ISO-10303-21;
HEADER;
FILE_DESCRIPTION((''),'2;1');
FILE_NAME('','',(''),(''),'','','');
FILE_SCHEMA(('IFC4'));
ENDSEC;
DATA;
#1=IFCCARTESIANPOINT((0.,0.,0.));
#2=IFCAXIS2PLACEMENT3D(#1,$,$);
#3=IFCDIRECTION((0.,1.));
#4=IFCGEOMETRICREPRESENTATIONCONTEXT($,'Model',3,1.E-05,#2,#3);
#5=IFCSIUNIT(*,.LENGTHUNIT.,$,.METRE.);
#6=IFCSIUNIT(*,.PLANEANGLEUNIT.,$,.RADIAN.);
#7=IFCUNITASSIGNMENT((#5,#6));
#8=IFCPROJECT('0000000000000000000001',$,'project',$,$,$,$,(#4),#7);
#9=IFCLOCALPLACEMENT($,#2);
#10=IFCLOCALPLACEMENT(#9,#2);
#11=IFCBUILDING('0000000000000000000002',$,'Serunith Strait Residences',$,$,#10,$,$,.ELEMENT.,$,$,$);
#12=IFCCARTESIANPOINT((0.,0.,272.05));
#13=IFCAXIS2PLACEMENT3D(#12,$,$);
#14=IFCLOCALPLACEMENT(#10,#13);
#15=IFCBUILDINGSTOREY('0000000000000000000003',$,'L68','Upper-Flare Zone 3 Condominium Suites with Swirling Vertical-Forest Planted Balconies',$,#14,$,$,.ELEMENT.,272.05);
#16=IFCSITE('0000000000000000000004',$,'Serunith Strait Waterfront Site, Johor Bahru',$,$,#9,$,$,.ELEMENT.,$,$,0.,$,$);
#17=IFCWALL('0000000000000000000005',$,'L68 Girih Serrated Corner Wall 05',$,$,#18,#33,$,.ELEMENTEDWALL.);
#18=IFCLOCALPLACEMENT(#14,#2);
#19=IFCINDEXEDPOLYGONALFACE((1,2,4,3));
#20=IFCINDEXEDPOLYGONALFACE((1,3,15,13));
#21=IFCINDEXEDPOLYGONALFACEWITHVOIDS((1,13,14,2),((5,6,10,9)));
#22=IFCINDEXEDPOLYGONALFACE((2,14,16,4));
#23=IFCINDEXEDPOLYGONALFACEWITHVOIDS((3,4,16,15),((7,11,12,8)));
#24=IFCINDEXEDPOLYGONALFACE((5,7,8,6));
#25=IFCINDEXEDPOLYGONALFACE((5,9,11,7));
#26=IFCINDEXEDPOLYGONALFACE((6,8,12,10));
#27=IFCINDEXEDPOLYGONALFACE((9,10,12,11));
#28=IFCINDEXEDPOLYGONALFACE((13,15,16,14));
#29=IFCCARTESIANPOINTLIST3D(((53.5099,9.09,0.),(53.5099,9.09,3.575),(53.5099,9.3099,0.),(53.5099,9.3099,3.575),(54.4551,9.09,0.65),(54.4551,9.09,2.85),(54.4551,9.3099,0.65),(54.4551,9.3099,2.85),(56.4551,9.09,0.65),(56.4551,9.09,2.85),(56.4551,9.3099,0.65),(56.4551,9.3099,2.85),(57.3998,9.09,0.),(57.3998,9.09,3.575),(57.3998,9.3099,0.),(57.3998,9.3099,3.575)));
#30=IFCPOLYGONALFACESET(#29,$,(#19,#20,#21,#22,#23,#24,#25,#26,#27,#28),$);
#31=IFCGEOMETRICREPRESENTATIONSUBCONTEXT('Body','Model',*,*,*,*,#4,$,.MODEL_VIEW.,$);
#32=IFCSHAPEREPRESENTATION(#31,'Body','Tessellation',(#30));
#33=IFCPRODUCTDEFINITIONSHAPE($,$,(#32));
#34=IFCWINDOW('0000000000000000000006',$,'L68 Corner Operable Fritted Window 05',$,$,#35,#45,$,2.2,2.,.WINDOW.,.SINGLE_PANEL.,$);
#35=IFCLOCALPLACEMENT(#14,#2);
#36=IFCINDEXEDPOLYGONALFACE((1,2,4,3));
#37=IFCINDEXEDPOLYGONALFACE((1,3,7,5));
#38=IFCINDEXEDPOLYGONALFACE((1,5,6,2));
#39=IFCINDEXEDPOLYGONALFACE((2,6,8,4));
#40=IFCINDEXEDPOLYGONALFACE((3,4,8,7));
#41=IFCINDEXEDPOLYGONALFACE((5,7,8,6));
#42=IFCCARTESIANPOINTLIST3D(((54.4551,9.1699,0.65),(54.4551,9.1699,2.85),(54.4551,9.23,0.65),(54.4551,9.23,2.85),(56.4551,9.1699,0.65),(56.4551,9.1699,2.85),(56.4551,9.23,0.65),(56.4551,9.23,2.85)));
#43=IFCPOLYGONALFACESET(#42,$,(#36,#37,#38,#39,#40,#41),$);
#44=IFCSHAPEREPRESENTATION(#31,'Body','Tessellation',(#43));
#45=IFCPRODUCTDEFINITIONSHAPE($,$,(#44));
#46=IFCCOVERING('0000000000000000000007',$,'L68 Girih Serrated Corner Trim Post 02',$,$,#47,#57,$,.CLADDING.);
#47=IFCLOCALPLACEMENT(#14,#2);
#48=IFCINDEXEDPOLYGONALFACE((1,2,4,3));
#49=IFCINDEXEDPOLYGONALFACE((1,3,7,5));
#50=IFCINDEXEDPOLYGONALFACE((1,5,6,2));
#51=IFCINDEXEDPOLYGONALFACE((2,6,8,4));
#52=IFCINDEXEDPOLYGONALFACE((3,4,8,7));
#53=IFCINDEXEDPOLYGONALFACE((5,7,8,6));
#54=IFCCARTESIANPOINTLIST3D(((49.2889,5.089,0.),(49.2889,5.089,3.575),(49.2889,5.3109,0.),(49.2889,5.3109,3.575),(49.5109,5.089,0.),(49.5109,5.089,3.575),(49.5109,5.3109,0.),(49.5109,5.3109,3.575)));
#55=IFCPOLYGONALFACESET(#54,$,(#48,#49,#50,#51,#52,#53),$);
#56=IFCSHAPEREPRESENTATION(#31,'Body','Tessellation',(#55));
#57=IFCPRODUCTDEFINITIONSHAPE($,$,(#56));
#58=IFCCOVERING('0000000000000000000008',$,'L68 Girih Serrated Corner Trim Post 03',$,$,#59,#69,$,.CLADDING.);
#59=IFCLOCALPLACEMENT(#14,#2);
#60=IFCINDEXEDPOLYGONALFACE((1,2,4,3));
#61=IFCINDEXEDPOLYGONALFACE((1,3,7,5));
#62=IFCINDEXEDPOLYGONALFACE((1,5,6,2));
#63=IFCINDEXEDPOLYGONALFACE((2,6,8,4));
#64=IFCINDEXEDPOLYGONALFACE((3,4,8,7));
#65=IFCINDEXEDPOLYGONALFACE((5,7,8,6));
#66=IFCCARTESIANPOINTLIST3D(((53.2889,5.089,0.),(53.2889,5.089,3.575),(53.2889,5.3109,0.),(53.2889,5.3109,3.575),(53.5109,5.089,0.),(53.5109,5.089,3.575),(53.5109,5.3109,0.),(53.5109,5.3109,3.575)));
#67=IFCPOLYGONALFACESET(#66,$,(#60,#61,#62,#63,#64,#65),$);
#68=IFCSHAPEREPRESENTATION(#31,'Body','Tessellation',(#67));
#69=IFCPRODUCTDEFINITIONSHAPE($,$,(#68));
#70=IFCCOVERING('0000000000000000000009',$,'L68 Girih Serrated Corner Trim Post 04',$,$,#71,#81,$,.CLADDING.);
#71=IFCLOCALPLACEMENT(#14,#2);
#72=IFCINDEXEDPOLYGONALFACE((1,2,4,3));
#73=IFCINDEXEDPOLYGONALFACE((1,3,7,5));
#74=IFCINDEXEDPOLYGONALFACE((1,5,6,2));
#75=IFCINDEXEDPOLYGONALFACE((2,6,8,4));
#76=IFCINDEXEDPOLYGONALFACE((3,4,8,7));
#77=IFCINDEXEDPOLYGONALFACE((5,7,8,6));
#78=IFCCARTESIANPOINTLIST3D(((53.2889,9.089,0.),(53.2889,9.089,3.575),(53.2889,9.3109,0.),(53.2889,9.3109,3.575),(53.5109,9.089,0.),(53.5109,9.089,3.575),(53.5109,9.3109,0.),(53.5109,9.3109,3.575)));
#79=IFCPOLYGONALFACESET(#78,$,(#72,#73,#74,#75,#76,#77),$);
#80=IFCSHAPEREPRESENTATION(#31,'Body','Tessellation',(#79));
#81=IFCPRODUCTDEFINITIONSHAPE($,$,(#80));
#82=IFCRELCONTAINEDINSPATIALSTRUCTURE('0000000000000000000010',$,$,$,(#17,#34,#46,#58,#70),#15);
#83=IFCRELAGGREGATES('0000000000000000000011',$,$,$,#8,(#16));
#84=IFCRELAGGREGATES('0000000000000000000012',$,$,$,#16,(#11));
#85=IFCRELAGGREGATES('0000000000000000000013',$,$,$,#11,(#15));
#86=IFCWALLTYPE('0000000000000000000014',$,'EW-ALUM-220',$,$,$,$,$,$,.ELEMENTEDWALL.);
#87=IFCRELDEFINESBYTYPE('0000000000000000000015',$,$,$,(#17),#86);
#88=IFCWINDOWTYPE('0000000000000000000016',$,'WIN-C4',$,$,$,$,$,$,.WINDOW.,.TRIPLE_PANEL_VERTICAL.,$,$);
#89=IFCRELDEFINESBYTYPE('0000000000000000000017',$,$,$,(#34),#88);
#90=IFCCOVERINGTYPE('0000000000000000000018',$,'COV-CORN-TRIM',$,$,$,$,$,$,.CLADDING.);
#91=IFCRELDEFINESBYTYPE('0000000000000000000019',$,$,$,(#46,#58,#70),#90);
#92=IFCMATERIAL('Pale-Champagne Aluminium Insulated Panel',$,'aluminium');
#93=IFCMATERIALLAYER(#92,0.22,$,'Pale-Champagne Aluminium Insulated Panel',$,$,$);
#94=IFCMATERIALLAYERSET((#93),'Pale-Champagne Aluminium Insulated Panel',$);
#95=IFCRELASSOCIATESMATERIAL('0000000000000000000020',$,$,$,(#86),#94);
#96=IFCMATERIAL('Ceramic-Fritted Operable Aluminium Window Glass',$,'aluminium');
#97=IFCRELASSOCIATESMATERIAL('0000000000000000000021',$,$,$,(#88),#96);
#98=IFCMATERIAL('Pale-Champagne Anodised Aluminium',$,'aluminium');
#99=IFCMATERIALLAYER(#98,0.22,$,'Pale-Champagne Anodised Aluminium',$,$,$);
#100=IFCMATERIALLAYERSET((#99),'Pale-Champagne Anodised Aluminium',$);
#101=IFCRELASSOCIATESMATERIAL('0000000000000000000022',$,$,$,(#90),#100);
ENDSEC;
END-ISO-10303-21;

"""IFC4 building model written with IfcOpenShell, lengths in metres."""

from ifc_helpers import new_model, si_unit, direction, frame, frame_2d, origin, origin_2d, place, context, subcontext, project, spatial, rectangle, extrude, source, transform, mapped, material, layer, layer_set, type_object, element, fill, save


model = new_model("IFC4")

# Units and contexts
model_context = context("Model", 3, precision=1e-05, world=origin(), true_north=direction((0.0, 1.0)))
body_context = subcontext(model_context, "Body", "Model", "MODEL_VIEW")
ifc_project = project(units=[si_unit("LENGTHUNIT", "METRE"), si_unit("PLANEANGLEUNIT", "RADIAN")], contexts=[model_context])

# Site, building, storey
site_placement = place(None, origin())
site = spatial("IfcSite", under=ifc_project, at=site_placement, Name="Serunith Strait Waterfront Site, Johor Bahru", CompositionType="ELEMENT", RefElevation=0.0)
building_placement = place(site_placement, origin())
building = spatial("IfcBuilding", under=site, at=building_placement, Name="Serunith Strait Residences", CompositionType="ELEMENT")
storey_placement = place(building_placement, frame((0.0, 0.0, 272.05)))
storey = spatial("IfcBuildingStorey", under=building, at=storey_placement, Name="L68", Description="Upper-Flare Zone 3 Condominium Suites with Swirling Vertical-Forest Planted Balconies", CompositionType="ELEMENT", Elevation=272.05)

# Shared definitions
ifc_material_1 = material(Name="Pale-Champagne Anodised Aluminium", Category="aluminium")

# Wall, opening, window
ifc_material_2 = material(Name="Pale-Champagne Aluminium Insulated Panel", Category="aluminium")
ifc_layer_1 = layer(ifc_material_2, 0.22, Name="Pale-Champagne Aluminium Insulated Panel")
ifc_layer_set_1 = layer_set([ifc_layer_1], Name="Pale-Champagne Aluminium Insulated Panel")
wall_type = type_object("IfcWallType", Name="EW-ALUM-220", PredefinedType="ELEMENTEDWALL", material=ifc_layer_set_1)
ifc_material_3 = material(Name="Ceramic-Fritted Operable Aluminium Window Glass", Category="aluminium")
window_type = type_object("IfcWindowType", Name="WIN-C4", PartitioningType="TRIPLE_PANEL_VERTICAL", PredefinedType="WINDOW", material=ifc_material_3)
shared_shape_1 = source(origin(), body_context, "Body", "SweptSolid", [
    extrude(rectangle(XDim=2.0, YDim=2.2, at=frame_2d((1.0, 1.1001))), frame((0.0, 0.03, 0.0), z_axis=(0.0, -1.0, 0.0), x_axis=(1.0, 0.0, 0.0)), (0.0, 0.0, 1.0), 0.0601),
])
wall_1_placement = place(storey_placement, frame((53.51, 9.2, 0.0), z_axis=(0.0, 0.0, 1.0), x_axis=(1.0, 0.0, 0.0)))
wall_1 = element("IfcWall", 1, at=wall_1_placement, inside=storey, type_object=wall_type, Name="L68 Girih Serrated Corner Wall 05", PredefinedType="ELEMENTEDWALL", context=body_context, shape_type="SweptSolid", body=[
    extrude(rectangle(XDim=3.8899, YDim=0.22, at=frame_2d((1.9448, 0.0))), origin(), (0.0, 0.0, 1.0), 3.575),
])
opening_1_placement = place(wall_1_placement, frame((0.9451, 0.0, 0.6499)))
opening_1 = element("IfcOpeningElement", 2, at=opening_1_placement, cuts=wall_1, PredefinedType="OPENING", context=body_context, shape_type="SweptSolid", body=[
    extrude(rectangle(XDim=2.0, YDim=2.2, at=frame_2d((1.0, 1.1001))), frame((0.0, 0.1201, 0.0), z_axis=(0.0, -1.0, 0.0), x_axis=(1.0, 0.0, 0.0)), (0.0, 0.0, 1.0), 0.24),
])
window_1_placement = place(opening_1_placement, origin())
window_1 = element("IfcWindow", 3, at=window_1_placement, inside=storey, type_object=window_type, Name="L68 Corner Operable Fritted Window 05", OverallHeight=2.2, OverallWidth=2.0, PartitioningType="SINGLE_PANEL", PredefinedType="WINDOW", context=body_context, shape_type="MappedRepresentation", body=[
    mapped(shared_shape_1, transform((0.0, 0.0, 0.0), scale=1.0)),
])
fill(opening_1, window_1)

# Coverings
ifc_layer_2 = layer(ifc_material_1, 0.22, Name="Pale-Champagne Anodised Aluminium")
ifc_layer_set_2 = layer_set([ifc_layer_2], Name="Pale-Champagne Anodised Aluminium")
covering_type = type_object("IfcCoveringType", Name="COV-CORN-TRIM", PredefinedType="CLADDING", material=ifc_layer_set_2)
shared_shape_2 = source(origin(), body_context, "Body", "SweptSolid", [
    extrude(rectangle(XDim=0.2219, YDim=0.2219, at=origin_2d()), origin(), (0.0, 0.0, 1.0), 3.575),
])
for number, where, z_axis, x_axis, name in (
    (4, (49.3999, 5.2, 0.0), (0.0, 0.0, 1.0), (1.0, 0.0, 0.0), "L68 Girih Serrated Corner Trim Post 02"),
    (5, (53.3999, 5.2, 0.0), (0.0, 0.0, 1.0), (1.0, 0.0, 0.0), "L68 Girih Serrated Corner Trim Post 03"),
    (6, (53.3999, 9.2, 0.0), (0.0, 0.0, 1.0), (1.0, 0.0, 0.0), "L68 Girih Serrated Corner Trim Post 04"),
):
    element("IfcCovering", number, at=place(storey_placement, frame(where, z_axis=z_axis, x_axis=x_axis)), inside=storey, type_object=covering_type, Name=name, PredefinedType="CLADDING", context=body_context, shape_type="MappedRepresentation", body=[
        mapped(shared_shape_2, transform((0.0, 0.0, 0.0), scale=1.0)),
    ])

save(model, "model.ifc")
